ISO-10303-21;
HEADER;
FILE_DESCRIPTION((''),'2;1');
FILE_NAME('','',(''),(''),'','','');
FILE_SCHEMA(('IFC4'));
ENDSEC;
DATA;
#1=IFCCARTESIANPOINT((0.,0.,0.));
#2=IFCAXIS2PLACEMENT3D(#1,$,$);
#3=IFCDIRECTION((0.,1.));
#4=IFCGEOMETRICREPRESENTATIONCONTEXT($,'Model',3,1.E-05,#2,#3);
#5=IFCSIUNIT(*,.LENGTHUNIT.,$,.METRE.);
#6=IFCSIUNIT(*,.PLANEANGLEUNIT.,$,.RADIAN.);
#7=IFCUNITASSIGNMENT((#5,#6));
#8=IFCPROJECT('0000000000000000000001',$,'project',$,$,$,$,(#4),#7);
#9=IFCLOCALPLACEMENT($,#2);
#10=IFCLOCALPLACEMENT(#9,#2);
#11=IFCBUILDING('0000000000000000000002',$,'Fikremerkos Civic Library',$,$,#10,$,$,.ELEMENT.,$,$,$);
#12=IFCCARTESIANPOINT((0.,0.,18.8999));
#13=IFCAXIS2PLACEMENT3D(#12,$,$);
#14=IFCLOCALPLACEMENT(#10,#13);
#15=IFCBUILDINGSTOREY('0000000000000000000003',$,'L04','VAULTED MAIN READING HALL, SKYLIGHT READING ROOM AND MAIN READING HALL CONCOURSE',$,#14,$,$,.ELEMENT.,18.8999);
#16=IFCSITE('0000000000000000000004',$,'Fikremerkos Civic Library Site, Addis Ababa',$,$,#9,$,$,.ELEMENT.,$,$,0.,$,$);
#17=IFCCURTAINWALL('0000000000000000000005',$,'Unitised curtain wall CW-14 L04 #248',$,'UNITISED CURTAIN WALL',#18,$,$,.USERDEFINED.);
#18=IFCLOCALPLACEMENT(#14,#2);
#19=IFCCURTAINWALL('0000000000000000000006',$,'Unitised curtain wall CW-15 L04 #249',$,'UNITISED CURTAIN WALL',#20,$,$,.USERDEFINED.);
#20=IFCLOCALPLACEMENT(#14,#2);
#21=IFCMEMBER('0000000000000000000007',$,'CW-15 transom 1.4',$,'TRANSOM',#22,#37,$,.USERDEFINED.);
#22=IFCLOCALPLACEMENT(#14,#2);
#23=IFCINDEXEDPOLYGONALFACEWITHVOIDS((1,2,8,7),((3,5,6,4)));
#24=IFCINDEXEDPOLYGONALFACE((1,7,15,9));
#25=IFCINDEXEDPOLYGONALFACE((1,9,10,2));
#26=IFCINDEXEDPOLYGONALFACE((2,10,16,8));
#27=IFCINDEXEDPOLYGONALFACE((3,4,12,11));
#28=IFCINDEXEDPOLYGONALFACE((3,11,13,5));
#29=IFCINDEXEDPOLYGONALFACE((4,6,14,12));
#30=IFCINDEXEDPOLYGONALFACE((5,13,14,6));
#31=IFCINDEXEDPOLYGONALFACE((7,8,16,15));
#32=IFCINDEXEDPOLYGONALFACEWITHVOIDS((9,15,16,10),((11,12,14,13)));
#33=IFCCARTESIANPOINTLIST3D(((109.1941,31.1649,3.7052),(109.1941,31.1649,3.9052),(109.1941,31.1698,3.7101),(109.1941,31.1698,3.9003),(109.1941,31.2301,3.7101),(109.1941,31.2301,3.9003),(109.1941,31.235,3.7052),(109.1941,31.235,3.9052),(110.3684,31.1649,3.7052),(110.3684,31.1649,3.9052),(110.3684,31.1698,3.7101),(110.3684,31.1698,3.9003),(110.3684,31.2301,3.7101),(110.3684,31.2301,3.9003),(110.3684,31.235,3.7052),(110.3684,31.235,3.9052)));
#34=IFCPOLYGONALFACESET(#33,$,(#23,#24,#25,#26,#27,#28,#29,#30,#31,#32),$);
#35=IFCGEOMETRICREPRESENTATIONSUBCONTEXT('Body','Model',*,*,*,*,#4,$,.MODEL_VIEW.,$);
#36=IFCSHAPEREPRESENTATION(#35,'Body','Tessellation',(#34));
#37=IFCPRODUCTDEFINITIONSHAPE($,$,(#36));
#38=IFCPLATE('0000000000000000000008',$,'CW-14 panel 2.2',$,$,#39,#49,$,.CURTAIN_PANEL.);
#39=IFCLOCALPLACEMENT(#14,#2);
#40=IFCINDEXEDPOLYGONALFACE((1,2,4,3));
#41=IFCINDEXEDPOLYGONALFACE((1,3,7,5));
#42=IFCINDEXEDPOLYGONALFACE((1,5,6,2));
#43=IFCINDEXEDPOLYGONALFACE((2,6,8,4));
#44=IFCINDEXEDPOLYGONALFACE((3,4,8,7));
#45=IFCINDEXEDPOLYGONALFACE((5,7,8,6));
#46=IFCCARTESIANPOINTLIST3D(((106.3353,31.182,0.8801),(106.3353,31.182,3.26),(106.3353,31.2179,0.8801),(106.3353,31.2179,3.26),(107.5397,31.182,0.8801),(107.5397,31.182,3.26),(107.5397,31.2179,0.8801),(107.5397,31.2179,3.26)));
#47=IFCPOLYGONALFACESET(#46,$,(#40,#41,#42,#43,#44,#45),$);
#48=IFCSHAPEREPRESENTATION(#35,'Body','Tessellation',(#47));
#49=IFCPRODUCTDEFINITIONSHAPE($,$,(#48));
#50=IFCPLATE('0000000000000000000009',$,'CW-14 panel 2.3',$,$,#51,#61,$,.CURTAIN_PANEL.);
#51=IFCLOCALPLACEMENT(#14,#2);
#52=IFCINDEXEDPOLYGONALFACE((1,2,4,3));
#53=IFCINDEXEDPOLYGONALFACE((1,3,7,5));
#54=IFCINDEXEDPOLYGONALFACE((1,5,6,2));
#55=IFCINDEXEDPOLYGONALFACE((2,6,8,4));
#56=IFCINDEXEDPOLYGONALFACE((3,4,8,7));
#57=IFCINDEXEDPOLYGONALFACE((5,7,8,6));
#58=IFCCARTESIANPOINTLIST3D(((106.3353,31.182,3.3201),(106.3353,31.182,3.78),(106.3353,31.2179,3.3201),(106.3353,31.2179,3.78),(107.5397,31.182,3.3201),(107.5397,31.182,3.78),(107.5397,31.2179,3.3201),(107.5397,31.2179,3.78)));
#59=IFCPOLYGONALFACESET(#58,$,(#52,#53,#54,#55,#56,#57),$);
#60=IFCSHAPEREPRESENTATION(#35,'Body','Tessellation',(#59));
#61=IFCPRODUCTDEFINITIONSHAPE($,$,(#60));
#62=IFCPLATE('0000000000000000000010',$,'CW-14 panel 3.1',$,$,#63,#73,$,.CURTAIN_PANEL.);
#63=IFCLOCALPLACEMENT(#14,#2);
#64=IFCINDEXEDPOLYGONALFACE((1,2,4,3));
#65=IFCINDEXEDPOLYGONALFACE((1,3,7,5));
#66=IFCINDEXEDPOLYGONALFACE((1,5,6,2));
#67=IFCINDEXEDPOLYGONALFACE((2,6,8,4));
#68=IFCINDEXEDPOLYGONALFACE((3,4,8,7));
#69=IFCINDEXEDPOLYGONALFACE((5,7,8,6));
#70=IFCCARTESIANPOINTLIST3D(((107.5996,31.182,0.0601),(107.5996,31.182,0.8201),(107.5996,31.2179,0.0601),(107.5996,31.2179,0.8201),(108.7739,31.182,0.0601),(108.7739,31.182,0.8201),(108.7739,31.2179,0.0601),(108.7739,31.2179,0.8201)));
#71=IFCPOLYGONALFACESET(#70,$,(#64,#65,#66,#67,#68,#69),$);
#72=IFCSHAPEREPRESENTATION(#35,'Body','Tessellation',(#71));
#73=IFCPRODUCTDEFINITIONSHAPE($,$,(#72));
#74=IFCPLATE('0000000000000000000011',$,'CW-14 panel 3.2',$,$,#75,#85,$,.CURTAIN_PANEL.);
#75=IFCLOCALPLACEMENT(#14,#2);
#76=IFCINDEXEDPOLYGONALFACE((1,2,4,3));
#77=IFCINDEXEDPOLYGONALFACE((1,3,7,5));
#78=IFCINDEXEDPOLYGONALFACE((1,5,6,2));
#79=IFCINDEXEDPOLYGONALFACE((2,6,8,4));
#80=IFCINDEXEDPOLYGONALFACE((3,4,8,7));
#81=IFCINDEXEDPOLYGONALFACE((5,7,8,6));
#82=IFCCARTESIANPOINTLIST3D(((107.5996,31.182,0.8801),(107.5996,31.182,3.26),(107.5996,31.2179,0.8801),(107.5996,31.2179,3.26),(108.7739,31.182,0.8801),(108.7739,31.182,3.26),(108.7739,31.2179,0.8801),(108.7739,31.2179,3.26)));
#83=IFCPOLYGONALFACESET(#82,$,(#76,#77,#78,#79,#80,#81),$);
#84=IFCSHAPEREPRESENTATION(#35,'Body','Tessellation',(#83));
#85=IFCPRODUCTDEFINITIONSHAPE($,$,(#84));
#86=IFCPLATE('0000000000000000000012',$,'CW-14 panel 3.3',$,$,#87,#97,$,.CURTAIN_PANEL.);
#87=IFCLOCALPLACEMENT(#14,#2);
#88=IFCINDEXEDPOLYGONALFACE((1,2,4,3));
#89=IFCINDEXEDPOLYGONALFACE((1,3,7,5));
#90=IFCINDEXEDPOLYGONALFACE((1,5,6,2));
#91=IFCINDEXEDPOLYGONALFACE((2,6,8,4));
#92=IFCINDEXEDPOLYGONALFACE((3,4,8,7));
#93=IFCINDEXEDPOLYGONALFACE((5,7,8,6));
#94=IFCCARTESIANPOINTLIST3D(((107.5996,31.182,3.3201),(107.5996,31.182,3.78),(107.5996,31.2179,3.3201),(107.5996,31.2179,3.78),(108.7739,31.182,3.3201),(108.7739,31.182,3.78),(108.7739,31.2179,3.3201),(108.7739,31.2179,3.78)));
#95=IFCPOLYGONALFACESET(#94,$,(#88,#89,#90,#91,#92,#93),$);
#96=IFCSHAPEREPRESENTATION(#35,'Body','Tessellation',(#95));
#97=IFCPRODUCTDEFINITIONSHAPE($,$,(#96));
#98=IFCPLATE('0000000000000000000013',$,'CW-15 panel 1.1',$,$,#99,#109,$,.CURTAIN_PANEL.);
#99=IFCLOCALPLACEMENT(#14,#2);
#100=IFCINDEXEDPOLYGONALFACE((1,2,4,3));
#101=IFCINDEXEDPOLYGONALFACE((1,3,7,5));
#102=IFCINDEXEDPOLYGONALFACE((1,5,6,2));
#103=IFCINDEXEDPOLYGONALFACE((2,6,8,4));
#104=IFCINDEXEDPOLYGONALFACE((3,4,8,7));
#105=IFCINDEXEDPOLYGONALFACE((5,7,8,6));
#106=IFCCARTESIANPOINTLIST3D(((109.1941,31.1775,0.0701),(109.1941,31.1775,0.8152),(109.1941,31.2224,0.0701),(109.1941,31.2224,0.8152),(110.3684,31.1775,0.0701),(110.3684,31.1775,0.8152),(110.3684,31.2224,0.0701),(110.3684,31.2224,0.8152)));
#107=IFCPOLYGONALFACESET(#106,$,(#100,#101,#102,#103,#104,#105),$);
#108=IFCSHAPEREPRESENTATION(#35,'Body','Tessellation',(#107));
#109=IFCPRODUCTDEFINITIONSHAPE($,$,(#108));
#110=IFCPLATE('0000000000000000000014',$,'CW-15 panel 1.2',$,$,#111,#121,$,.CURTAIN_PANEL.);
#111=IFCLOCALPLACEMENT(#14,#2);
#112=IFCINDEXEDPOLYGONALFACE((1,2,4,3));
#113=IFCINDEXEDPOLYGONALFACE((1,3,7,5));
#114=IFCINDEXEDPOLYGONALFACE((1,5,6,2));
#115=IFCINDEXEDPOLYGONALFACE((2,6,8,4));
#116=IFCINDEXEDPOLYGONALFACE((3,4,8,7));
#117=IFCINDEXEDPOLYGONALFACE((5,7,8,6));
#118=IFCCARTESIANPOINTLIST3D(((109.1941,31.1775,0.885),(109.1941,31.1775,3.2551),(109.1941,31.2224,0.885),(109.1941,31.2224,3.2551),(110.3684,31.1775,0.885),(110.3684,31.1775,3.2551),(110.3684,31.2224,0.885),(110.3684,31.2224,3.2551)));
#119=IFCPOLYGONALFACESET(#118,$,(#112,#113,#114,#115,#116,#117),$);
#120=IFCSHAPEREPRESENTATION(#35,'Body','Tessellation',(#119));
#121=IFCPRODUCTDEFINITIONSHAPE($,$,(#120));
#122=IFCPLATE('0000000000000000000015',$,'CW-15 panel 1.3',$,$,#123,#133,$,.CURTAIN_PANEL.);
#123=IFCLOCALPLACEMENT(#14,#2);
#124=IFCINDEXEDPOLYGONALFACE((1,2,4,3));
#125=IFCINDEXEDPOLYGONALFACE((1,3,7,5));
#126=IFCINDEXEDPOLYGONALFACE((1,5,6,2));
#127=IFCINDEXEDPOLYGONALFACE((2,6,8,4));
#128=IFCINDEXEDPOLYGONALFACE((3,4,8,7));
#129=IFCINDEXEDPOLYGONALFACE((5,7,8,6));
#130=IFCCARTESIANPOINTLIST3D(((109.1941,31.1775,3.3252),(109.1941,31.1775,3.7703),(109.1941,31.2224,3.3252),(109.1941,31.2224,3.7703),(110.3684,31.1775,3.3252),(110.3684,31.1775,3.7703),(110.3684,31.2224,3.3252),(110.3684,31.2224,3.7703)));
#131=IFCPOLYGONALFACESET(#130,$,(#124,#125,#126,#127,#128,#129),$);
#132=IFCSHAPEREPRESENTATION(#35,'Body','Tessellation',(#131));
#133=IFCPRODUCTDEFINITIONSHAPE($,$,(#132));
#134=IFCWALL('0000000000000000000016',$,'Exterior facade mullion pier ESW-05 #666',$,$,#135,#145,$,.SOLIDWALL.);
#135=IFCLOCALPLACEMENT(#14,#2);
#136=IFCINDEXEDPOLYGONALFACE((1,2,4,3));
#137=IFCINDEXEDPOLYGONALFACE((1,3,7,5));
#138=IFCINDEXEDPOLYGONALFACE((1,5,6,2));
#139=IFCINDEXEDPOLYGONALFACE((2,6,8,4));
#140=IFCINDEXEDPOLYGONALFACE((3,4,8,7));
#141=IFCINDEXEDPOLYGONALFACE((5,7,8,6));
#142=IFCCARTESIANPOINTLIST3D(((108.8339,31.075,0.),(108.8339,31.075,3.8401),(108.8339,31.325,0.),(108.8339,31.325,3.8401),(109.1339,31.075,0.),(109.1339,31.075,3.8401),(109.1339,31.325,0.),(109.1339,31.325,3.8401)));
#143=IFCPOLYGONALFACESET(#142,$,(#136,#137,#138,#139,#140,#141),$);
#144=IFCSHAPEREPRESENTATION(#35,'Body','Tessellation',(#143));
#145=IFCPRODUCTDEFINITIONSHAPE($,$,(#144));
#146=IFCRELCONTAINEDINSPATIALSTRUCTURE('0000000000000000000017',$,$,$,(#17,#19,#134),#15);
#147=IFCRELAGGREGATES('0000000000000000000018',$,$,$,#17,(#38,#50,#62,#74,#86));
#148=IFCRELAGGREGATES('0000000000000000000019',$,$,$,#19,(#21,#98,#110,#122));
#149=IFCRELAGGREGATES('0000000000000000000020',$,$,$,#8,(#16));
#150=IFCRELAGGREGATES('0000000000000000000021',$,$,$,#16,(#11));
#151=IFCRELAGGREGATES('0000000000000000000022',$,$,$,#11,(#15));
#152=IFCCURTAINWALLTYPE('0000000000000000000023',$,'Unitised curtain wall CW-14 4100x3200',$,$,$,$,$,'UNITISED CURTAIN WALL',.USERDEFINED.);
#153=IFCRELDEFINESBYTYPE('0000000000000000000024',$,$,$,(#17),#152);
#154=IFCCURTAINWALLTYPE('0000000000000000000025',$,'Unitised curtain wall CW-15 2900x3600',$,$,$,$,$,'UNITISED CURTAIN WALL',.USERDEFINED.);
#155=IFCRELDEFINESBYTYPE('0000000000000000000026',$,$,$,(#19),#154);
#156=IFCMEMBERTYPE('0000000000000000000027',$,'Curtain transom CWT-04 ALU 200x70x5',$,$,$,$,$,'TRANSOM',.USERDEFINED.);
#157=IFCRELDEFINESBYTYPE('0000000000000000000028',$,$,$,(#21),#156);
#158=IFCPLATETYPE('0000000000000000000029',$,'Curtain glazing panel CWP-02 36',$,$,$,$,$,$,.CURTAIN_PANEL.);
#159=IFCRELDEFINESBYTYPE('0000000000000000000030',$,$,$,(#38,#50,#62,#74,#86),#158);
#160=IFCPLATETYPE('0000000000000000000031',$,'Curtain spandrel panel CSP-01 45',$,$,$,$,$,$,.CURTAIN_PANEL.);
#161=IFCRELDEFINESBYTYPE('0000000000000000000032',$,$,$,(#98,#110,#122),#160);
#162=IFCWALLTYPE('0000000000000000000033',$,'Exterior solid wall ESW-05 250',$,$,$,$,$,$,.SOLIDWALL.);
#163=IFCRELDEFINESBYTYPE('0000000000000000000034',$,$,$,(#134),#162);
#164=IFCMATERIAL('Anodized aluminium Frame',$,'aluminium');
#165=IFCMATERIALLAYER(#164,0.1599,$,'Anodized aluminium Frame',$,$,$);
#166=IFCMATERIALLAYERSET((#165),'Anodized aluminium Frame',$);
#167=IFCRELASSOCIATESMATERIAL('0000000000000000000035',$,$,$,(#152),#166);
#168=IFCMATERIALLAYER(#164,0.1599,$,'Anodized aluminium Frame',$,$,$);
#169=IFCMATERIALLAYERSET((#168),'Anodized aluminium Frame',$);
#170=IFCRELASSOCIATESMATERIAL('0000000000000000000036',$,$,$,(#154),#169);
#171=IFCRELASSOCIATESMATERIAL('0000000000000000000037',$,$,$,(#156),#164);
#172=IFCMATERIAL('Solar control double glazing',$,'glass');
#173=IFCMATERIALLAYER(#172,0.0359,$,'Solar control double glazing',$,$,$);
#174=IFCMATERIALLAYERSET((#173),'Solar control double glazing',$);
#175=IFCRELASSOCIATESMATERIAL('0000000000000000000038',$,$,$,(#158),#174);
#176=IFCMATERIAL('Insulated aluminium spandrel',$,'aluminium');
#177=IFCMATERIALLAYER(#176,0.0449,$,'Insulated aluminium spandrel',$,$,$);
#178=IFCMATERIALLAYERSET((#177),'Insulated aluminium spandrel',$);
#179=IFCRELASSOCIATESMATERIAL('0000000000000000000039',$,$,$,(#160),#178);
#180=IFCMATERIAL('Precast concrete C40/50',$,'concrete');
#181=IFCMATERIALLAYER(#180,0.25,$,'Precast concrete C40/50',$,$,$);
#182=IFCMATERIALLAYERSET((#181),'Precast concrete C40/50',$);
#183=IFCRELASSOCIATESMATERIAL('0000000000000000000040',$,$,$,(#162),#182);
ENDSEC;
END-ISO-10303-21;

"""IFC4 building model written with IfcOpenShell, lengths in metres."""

from ifc_helpers import new_model, si_unit, direction, frame, frame_2d, origin, origin_2d, place, context, subcontext, project, spatial, rectangle, hollow_rectangle, extrude, material, layer, layer_set, material_profile, profile_set, type_object, element, aggregate, save


model = new_model("IFC4")

# Units and contexts
model_context = context("Model", 3, precision=1e-05, world=origin(), true_north=direction((0.0, 1.0)))
body_context = subcontext(model_context, "Body", "Model", "MODEL_VIEW")
ifc_project = project(units=[si_unit("LENGTHUNIT", "METRE"), si_unit("PLANEANGLEUNIT", "RADIAN")], contexts=[model_context])

# Site, building, storey
site_placement = place(None, origin())
site = spatial("IfcSite", under=ifc_project, at=site_placement, Name="Fikremerkos Civic Library Site, Addis Ababa", CompositionType="ELEMENT", RefElevation=0.0)
building_placement = place(site_placement, origin())
building = spatial("IfcBuilding", under=site, at=building_placement, Name="Fikremerkos Civic Library", CompositionType="ELEMENT")
storey_placement = place(building_placement, frame((0.0, 0.0, 18.8999)))
storey = spatial("IfcBuildingStorey", under=building, at=storey_placement, Name="L04", Description="VAULTED MAIN READING HALL, SKYLIGHT READING ROOM AND MAIN READING HALL CONCOURSE", CompositionType="ELEMENT", Elevation=18.8999)

# Curtain wall
ifc_material_1 = material(Name="Anodized aluminium Frame", Category="aluminium")
ifc_layer_1 = layer(ifc_material_1, 0.1599, Name="Anodized aluminium Frame")
ifc_layer_set_1 = layer_set([ifc_layer_1], Name="Anodized aluminium Frame")
curtain_wall_type_1 = type_object("IfcCurtainWallType", Name="Unitised curtain wall CW-14 4100x3200", ElementType="UNITISED CURTAIN WALL", PredefinedType="USERDEFINED", material=ifc_layer_set_1)
curtain_wall_1_placement = place(storey_placement, origin())
curtain_wall_1 = element("IfcCurtainWall", 1, at=curtain_wall_1_placement, inside=storey, type_object=curtain_wall_type_1, Name="Unitised curtain wall CW-14 L04 #248", ObjectType="UNITISED CURTAIN WALL", PredefinedType="USERDEFINED")

# Curtain wall
ifc_layer_2 = layer(ifc_material_1, 0.1599, Name="Anodized aluminium Frame")
ifc_layer_set_2 = layer_set([ifc_layer_2], Name="Anodized aluminium Frame")
curtain_wall_type_2 = type_object("IfcCurtainWallType", Name="Unitised curtain wall CW-15 2900x3600", ElementType="UNITISED CURTAIN WALL", PredefinedType="USERDEFINED", material=ifc_layer_set_2)
curtain_wall_2_placement = place(storey_placement, origin())
curtain_wall_2 = element("IfcCurtainWall", 2, at=curtain_wall_2_placement, inside=storey, type_object=curtain_wall_type_2, Name="Unitised curtain wall CW-15 L04 #249", ObjectType="UNITISED CURTAIN WALL", PredefinedType="USERDEFINED")

# Member
ifc_material_profile_1 = material_profile(ifc_material_1, hollow_rectangle(XDim=0.0701, YDim=0.2, WallThickness=0.0049, at=origin_2d()), Name="ALU 200x70x5")
ifc_profile_set_1 = profile_set([ifc_material_profile_1], Name="Anodized aluminium Frame")
member_type_1 = type_object("IfcMemberType", Name="Curtain transom CWT-04 ALU 200x70x5", ElementType="TRANSOM", PredefinedType="USERDEFINED", material=ifc_profile_set_1)
member_1_placement = place(storey_placement, frame((109.1941, 31.2, 3.8052), z_axis=(1.0, 0.0, 0.0), x_axis=(0.0, 1.0, 0.0)))
member_1 = element("IfcMember", 3, at=member_1_placement, type_object=member_type_1, Name="CW-15 transom 1.4", ObjectType="TRANSOM", PredefinedType="USERDEFINED", context=body_context, shape_type="SweptSolid", body=[
    extrude(hollow_rectangle(XDim=0.0701, YDim=0.2, WallThickness=0.0049, at=origin_2d()), origin(), (0.0, 0.0, 1.0), 1.1743),
])

# Plates
ifc_material_2 = material(Name="Solar control double glazing", Category="glass")
ifc_layer_3 = layer(ifc_material_2, 0.0359, Name="Solar control double glazing")
ifc_layer_set_3 = layer_set([ifc_layer_3], Name="Solar control double glazing")
plate_type_1 = type_object("IfcPlateType", Name="Curtain glazing panel CWP-02 36", PredefinedType="CURTAIN_PANEL", material=ifc_layer_set_3)
plate_1_placement = place(storey_placement, frame((106.9375, 31.2, 0.8801), z_axis=(0.0, 0.0, 1.0), x_axis=(1.0, 0.0, 0.0)))
plate_1 = element("IfcPlate", 4, at=plate_1_placement, type_object=plate_type_1, Name="CW-14 panel 2.2", PredefinedType="CURTAIN_PANEL", context=body_context, shape_type="SweptSolid", body=[
    extrude(rectangle(XDim=1.2043, YDim=0.0359, at=origin_2d()), origin(), (0.0, 0.0, 1.0), 2.3799),
])
plate_2_placement = place(storey_placement, frame((106.9375, 31.2, 3.3201), z_axis=(0.0, 0.0, 1.0), x_axis=(1.0, 0.0, 0.0)))
plate_2 = element("IfcPlate", 5, at=plate_2_placement, type_object=plate_type_1, Name="CW-14 panel 2.3", PredefinedType="CURTAIN_PANEL", context=body_context, shape_type="SweptSolid", body=[
    extrude(rectangle(XDim=1.2043, YDim=0.0359, at=origin_2d()), origin(), (0.0, 0.0, 1.0), 0.46),
])
plate_3_placement = place(storey_placement, frame((108.1868, 31.2, 0.0601), z_axis=(0.0, 0.0, 1.0), x_axis=(1.0, 0.0, 0.0)))
plate_3 = element("IfcPlate", 6, at=plate_3_placement, type_object=plate_type_1, Name="CW-14 panel 3.1", PredefinedType="CURTAIN_PANEL", context=body_context, shape_type="SweptSolid", body=[
    extrude(rectangle(XDim=1.1743, YDim=0.0359, at=origin_2d()), origin(), (0.0, 0.0, 1.0), 0.76),
])
plate_4_placement = place(storey_placement, frame((108.1868, 31.2, 0.8801), z_axis=(0.0, 0.0, 1.0), x_axis=(1.0, 0.0, 0.0)))
plate_4 = element("IfcPlate", 7, at=plate_4_placement, type_object=plate_type_1, Name="CW-14 panel 3.2", PredefinedType="CURTAIN_PANEL", context=body_context, shape_type="SweptSolid", body=[
    extrude(rectangle(XDim=1.1743, YDim=0.0359, at=origin_2d()), origin(), (0.0, 0.0, 1.0), 2.3799),
])
plate_5_placement = place(storey_placement, frame((108.1868, 31.2, 3.3201), z_axis=(0.0, 0.0, 1.0), x_axis=(1.0, 0.0, 0.0)))
plate_5 = element("IfcPlate", 8, at=plate_5_placement, type_object=plate_type_1, Name="CW-14 panel 3.3", PredefinedType="CURTAIN_PANEL", context=body_context, shape_type="SweptSolid", body=[
    extrude(rectangle(XDim=1.1743, YDim=0.0359, at=origin_2d()), origin(), (0.0, 0.0, 1.0), 0.46),
])
aggregate(curtain_wall_1, [plate_1, plate_2, plate_3, plate_4, plate_5])
ifc_material_3 = material(Name="Insulated aluminium spandrel", Category="aluminium")
ifc_layer_4 = layer(ifc_material_3, 0.0449, Name="Insulated aluminium spandrel")
ifc_layer_set_4 = layer_set([ifc_layer_4], Name="Insulated aluminium spandrel")
plate_type_2 = type_object("IfcPlateType", Name="Curtain spandrel panel CSP-01 45", PredefinedType="CURTAIN_PANEL", material=ifc_layer_set_4)
plate_6_placement = place(storey_placement, frame((109.7812, 31.2, 0.0701), z_axis=(0.0, 0.0, 1.0), x_axis=(1.0, 0.0, 0.0)))
plate_6 = element("IfcPlate", 9, at=plate_6_placement, type_object=plate_type_2, Name="CW-15 panel 1.1", PredefinedType="CURTAIN_PANEL", context=body_context, shape_type="SweptSolid", body=[
    extrude(rectangle(XDim=1.1743, YDim=0.0449, at=origin_2d()), origin(), (0.0, 0.0, 1.0), 0.7451),
])
plate_7_placement = place(storey_placement, frame((109.7812, 31.2, 0.885), z_axis=(0.0, 0.0, 1.0), x_axis=(1.0, 0.0, 0.0)))
plate_7 = element("IfcPlate", 10, at=plate_7_placement, type_object=plate_type_2, Name="CW-15 panel 1.2", PredefinedType="CURTAIN_PANEL", context=body_context, shape_type="SweptSolid", body=[
    extrude(rectangle(XDim=1.1743, YDim=0.0449, at=origin_2d()), origin(), (0.0, 0.0, 1.0), 2.3701),
])
plate_8_placement = place(storey_placement, frame((109.7812, 31.2, 3.3252), z_axis=(0.0, 0.0, 1.0), x_axis=(1.0, 0.0, 0.0)))
plate_8 = element("IfcPlate", 11, at=plate_8_placement, type_object=plate_type_2, Name="CW-15 panel 1.3", PredefinedType="CURTAIN_PANEL", context=body_context, shape_type="SweptSolid", body=[
    extrude(rectangle(XDim=1.1743, YDim=0.0449, at=origin_2d()), origin(), (0.0, 0.0, 1.0), 0.4451),
])
aggregate(curtain_wall_2, [member_1, plate_6, plate_7, plate_8])

# Wall
ifc_material_4 = material(Name="Precast concrete C40/50", Category="concrete")
ifc_layer_5 = layer(ifc_material_4, 0.25, Name="Precast concrete C40/50")
ifc_layer_set_5 = layer_set([ifc_layer_5], Name="Precast concrete C40/50")
wall_type = type_object("IfcWallType", Name="Exterior solid wall ESW-05 250", PredefinedType="SOLIDWALL", material=ifc_layer_set_5)
wall_placement = place(storey_placement, frame((108.834, 31.2, 0.0), z_axis=(0.0, 0.0, 1.0), x_axis=(1.0, 0.0, 0.0)))
element("IfcWall", 12, at=wall_placement, inside=storey, type_object=wall_type, Name="Exterior facade mullion pier ESW-05 #666", PredefinedType="SOLIDWALL", context=body_context, shape_type="SweptSolid", body=[
    extrude(rectangle(XDim=0.3, YDim=0.25, at=frame_2d((0.1499, 0.0))), origin(), (0.0, 0.0, 1.0), 3.8401),
])

save(model, "model.ifc")
